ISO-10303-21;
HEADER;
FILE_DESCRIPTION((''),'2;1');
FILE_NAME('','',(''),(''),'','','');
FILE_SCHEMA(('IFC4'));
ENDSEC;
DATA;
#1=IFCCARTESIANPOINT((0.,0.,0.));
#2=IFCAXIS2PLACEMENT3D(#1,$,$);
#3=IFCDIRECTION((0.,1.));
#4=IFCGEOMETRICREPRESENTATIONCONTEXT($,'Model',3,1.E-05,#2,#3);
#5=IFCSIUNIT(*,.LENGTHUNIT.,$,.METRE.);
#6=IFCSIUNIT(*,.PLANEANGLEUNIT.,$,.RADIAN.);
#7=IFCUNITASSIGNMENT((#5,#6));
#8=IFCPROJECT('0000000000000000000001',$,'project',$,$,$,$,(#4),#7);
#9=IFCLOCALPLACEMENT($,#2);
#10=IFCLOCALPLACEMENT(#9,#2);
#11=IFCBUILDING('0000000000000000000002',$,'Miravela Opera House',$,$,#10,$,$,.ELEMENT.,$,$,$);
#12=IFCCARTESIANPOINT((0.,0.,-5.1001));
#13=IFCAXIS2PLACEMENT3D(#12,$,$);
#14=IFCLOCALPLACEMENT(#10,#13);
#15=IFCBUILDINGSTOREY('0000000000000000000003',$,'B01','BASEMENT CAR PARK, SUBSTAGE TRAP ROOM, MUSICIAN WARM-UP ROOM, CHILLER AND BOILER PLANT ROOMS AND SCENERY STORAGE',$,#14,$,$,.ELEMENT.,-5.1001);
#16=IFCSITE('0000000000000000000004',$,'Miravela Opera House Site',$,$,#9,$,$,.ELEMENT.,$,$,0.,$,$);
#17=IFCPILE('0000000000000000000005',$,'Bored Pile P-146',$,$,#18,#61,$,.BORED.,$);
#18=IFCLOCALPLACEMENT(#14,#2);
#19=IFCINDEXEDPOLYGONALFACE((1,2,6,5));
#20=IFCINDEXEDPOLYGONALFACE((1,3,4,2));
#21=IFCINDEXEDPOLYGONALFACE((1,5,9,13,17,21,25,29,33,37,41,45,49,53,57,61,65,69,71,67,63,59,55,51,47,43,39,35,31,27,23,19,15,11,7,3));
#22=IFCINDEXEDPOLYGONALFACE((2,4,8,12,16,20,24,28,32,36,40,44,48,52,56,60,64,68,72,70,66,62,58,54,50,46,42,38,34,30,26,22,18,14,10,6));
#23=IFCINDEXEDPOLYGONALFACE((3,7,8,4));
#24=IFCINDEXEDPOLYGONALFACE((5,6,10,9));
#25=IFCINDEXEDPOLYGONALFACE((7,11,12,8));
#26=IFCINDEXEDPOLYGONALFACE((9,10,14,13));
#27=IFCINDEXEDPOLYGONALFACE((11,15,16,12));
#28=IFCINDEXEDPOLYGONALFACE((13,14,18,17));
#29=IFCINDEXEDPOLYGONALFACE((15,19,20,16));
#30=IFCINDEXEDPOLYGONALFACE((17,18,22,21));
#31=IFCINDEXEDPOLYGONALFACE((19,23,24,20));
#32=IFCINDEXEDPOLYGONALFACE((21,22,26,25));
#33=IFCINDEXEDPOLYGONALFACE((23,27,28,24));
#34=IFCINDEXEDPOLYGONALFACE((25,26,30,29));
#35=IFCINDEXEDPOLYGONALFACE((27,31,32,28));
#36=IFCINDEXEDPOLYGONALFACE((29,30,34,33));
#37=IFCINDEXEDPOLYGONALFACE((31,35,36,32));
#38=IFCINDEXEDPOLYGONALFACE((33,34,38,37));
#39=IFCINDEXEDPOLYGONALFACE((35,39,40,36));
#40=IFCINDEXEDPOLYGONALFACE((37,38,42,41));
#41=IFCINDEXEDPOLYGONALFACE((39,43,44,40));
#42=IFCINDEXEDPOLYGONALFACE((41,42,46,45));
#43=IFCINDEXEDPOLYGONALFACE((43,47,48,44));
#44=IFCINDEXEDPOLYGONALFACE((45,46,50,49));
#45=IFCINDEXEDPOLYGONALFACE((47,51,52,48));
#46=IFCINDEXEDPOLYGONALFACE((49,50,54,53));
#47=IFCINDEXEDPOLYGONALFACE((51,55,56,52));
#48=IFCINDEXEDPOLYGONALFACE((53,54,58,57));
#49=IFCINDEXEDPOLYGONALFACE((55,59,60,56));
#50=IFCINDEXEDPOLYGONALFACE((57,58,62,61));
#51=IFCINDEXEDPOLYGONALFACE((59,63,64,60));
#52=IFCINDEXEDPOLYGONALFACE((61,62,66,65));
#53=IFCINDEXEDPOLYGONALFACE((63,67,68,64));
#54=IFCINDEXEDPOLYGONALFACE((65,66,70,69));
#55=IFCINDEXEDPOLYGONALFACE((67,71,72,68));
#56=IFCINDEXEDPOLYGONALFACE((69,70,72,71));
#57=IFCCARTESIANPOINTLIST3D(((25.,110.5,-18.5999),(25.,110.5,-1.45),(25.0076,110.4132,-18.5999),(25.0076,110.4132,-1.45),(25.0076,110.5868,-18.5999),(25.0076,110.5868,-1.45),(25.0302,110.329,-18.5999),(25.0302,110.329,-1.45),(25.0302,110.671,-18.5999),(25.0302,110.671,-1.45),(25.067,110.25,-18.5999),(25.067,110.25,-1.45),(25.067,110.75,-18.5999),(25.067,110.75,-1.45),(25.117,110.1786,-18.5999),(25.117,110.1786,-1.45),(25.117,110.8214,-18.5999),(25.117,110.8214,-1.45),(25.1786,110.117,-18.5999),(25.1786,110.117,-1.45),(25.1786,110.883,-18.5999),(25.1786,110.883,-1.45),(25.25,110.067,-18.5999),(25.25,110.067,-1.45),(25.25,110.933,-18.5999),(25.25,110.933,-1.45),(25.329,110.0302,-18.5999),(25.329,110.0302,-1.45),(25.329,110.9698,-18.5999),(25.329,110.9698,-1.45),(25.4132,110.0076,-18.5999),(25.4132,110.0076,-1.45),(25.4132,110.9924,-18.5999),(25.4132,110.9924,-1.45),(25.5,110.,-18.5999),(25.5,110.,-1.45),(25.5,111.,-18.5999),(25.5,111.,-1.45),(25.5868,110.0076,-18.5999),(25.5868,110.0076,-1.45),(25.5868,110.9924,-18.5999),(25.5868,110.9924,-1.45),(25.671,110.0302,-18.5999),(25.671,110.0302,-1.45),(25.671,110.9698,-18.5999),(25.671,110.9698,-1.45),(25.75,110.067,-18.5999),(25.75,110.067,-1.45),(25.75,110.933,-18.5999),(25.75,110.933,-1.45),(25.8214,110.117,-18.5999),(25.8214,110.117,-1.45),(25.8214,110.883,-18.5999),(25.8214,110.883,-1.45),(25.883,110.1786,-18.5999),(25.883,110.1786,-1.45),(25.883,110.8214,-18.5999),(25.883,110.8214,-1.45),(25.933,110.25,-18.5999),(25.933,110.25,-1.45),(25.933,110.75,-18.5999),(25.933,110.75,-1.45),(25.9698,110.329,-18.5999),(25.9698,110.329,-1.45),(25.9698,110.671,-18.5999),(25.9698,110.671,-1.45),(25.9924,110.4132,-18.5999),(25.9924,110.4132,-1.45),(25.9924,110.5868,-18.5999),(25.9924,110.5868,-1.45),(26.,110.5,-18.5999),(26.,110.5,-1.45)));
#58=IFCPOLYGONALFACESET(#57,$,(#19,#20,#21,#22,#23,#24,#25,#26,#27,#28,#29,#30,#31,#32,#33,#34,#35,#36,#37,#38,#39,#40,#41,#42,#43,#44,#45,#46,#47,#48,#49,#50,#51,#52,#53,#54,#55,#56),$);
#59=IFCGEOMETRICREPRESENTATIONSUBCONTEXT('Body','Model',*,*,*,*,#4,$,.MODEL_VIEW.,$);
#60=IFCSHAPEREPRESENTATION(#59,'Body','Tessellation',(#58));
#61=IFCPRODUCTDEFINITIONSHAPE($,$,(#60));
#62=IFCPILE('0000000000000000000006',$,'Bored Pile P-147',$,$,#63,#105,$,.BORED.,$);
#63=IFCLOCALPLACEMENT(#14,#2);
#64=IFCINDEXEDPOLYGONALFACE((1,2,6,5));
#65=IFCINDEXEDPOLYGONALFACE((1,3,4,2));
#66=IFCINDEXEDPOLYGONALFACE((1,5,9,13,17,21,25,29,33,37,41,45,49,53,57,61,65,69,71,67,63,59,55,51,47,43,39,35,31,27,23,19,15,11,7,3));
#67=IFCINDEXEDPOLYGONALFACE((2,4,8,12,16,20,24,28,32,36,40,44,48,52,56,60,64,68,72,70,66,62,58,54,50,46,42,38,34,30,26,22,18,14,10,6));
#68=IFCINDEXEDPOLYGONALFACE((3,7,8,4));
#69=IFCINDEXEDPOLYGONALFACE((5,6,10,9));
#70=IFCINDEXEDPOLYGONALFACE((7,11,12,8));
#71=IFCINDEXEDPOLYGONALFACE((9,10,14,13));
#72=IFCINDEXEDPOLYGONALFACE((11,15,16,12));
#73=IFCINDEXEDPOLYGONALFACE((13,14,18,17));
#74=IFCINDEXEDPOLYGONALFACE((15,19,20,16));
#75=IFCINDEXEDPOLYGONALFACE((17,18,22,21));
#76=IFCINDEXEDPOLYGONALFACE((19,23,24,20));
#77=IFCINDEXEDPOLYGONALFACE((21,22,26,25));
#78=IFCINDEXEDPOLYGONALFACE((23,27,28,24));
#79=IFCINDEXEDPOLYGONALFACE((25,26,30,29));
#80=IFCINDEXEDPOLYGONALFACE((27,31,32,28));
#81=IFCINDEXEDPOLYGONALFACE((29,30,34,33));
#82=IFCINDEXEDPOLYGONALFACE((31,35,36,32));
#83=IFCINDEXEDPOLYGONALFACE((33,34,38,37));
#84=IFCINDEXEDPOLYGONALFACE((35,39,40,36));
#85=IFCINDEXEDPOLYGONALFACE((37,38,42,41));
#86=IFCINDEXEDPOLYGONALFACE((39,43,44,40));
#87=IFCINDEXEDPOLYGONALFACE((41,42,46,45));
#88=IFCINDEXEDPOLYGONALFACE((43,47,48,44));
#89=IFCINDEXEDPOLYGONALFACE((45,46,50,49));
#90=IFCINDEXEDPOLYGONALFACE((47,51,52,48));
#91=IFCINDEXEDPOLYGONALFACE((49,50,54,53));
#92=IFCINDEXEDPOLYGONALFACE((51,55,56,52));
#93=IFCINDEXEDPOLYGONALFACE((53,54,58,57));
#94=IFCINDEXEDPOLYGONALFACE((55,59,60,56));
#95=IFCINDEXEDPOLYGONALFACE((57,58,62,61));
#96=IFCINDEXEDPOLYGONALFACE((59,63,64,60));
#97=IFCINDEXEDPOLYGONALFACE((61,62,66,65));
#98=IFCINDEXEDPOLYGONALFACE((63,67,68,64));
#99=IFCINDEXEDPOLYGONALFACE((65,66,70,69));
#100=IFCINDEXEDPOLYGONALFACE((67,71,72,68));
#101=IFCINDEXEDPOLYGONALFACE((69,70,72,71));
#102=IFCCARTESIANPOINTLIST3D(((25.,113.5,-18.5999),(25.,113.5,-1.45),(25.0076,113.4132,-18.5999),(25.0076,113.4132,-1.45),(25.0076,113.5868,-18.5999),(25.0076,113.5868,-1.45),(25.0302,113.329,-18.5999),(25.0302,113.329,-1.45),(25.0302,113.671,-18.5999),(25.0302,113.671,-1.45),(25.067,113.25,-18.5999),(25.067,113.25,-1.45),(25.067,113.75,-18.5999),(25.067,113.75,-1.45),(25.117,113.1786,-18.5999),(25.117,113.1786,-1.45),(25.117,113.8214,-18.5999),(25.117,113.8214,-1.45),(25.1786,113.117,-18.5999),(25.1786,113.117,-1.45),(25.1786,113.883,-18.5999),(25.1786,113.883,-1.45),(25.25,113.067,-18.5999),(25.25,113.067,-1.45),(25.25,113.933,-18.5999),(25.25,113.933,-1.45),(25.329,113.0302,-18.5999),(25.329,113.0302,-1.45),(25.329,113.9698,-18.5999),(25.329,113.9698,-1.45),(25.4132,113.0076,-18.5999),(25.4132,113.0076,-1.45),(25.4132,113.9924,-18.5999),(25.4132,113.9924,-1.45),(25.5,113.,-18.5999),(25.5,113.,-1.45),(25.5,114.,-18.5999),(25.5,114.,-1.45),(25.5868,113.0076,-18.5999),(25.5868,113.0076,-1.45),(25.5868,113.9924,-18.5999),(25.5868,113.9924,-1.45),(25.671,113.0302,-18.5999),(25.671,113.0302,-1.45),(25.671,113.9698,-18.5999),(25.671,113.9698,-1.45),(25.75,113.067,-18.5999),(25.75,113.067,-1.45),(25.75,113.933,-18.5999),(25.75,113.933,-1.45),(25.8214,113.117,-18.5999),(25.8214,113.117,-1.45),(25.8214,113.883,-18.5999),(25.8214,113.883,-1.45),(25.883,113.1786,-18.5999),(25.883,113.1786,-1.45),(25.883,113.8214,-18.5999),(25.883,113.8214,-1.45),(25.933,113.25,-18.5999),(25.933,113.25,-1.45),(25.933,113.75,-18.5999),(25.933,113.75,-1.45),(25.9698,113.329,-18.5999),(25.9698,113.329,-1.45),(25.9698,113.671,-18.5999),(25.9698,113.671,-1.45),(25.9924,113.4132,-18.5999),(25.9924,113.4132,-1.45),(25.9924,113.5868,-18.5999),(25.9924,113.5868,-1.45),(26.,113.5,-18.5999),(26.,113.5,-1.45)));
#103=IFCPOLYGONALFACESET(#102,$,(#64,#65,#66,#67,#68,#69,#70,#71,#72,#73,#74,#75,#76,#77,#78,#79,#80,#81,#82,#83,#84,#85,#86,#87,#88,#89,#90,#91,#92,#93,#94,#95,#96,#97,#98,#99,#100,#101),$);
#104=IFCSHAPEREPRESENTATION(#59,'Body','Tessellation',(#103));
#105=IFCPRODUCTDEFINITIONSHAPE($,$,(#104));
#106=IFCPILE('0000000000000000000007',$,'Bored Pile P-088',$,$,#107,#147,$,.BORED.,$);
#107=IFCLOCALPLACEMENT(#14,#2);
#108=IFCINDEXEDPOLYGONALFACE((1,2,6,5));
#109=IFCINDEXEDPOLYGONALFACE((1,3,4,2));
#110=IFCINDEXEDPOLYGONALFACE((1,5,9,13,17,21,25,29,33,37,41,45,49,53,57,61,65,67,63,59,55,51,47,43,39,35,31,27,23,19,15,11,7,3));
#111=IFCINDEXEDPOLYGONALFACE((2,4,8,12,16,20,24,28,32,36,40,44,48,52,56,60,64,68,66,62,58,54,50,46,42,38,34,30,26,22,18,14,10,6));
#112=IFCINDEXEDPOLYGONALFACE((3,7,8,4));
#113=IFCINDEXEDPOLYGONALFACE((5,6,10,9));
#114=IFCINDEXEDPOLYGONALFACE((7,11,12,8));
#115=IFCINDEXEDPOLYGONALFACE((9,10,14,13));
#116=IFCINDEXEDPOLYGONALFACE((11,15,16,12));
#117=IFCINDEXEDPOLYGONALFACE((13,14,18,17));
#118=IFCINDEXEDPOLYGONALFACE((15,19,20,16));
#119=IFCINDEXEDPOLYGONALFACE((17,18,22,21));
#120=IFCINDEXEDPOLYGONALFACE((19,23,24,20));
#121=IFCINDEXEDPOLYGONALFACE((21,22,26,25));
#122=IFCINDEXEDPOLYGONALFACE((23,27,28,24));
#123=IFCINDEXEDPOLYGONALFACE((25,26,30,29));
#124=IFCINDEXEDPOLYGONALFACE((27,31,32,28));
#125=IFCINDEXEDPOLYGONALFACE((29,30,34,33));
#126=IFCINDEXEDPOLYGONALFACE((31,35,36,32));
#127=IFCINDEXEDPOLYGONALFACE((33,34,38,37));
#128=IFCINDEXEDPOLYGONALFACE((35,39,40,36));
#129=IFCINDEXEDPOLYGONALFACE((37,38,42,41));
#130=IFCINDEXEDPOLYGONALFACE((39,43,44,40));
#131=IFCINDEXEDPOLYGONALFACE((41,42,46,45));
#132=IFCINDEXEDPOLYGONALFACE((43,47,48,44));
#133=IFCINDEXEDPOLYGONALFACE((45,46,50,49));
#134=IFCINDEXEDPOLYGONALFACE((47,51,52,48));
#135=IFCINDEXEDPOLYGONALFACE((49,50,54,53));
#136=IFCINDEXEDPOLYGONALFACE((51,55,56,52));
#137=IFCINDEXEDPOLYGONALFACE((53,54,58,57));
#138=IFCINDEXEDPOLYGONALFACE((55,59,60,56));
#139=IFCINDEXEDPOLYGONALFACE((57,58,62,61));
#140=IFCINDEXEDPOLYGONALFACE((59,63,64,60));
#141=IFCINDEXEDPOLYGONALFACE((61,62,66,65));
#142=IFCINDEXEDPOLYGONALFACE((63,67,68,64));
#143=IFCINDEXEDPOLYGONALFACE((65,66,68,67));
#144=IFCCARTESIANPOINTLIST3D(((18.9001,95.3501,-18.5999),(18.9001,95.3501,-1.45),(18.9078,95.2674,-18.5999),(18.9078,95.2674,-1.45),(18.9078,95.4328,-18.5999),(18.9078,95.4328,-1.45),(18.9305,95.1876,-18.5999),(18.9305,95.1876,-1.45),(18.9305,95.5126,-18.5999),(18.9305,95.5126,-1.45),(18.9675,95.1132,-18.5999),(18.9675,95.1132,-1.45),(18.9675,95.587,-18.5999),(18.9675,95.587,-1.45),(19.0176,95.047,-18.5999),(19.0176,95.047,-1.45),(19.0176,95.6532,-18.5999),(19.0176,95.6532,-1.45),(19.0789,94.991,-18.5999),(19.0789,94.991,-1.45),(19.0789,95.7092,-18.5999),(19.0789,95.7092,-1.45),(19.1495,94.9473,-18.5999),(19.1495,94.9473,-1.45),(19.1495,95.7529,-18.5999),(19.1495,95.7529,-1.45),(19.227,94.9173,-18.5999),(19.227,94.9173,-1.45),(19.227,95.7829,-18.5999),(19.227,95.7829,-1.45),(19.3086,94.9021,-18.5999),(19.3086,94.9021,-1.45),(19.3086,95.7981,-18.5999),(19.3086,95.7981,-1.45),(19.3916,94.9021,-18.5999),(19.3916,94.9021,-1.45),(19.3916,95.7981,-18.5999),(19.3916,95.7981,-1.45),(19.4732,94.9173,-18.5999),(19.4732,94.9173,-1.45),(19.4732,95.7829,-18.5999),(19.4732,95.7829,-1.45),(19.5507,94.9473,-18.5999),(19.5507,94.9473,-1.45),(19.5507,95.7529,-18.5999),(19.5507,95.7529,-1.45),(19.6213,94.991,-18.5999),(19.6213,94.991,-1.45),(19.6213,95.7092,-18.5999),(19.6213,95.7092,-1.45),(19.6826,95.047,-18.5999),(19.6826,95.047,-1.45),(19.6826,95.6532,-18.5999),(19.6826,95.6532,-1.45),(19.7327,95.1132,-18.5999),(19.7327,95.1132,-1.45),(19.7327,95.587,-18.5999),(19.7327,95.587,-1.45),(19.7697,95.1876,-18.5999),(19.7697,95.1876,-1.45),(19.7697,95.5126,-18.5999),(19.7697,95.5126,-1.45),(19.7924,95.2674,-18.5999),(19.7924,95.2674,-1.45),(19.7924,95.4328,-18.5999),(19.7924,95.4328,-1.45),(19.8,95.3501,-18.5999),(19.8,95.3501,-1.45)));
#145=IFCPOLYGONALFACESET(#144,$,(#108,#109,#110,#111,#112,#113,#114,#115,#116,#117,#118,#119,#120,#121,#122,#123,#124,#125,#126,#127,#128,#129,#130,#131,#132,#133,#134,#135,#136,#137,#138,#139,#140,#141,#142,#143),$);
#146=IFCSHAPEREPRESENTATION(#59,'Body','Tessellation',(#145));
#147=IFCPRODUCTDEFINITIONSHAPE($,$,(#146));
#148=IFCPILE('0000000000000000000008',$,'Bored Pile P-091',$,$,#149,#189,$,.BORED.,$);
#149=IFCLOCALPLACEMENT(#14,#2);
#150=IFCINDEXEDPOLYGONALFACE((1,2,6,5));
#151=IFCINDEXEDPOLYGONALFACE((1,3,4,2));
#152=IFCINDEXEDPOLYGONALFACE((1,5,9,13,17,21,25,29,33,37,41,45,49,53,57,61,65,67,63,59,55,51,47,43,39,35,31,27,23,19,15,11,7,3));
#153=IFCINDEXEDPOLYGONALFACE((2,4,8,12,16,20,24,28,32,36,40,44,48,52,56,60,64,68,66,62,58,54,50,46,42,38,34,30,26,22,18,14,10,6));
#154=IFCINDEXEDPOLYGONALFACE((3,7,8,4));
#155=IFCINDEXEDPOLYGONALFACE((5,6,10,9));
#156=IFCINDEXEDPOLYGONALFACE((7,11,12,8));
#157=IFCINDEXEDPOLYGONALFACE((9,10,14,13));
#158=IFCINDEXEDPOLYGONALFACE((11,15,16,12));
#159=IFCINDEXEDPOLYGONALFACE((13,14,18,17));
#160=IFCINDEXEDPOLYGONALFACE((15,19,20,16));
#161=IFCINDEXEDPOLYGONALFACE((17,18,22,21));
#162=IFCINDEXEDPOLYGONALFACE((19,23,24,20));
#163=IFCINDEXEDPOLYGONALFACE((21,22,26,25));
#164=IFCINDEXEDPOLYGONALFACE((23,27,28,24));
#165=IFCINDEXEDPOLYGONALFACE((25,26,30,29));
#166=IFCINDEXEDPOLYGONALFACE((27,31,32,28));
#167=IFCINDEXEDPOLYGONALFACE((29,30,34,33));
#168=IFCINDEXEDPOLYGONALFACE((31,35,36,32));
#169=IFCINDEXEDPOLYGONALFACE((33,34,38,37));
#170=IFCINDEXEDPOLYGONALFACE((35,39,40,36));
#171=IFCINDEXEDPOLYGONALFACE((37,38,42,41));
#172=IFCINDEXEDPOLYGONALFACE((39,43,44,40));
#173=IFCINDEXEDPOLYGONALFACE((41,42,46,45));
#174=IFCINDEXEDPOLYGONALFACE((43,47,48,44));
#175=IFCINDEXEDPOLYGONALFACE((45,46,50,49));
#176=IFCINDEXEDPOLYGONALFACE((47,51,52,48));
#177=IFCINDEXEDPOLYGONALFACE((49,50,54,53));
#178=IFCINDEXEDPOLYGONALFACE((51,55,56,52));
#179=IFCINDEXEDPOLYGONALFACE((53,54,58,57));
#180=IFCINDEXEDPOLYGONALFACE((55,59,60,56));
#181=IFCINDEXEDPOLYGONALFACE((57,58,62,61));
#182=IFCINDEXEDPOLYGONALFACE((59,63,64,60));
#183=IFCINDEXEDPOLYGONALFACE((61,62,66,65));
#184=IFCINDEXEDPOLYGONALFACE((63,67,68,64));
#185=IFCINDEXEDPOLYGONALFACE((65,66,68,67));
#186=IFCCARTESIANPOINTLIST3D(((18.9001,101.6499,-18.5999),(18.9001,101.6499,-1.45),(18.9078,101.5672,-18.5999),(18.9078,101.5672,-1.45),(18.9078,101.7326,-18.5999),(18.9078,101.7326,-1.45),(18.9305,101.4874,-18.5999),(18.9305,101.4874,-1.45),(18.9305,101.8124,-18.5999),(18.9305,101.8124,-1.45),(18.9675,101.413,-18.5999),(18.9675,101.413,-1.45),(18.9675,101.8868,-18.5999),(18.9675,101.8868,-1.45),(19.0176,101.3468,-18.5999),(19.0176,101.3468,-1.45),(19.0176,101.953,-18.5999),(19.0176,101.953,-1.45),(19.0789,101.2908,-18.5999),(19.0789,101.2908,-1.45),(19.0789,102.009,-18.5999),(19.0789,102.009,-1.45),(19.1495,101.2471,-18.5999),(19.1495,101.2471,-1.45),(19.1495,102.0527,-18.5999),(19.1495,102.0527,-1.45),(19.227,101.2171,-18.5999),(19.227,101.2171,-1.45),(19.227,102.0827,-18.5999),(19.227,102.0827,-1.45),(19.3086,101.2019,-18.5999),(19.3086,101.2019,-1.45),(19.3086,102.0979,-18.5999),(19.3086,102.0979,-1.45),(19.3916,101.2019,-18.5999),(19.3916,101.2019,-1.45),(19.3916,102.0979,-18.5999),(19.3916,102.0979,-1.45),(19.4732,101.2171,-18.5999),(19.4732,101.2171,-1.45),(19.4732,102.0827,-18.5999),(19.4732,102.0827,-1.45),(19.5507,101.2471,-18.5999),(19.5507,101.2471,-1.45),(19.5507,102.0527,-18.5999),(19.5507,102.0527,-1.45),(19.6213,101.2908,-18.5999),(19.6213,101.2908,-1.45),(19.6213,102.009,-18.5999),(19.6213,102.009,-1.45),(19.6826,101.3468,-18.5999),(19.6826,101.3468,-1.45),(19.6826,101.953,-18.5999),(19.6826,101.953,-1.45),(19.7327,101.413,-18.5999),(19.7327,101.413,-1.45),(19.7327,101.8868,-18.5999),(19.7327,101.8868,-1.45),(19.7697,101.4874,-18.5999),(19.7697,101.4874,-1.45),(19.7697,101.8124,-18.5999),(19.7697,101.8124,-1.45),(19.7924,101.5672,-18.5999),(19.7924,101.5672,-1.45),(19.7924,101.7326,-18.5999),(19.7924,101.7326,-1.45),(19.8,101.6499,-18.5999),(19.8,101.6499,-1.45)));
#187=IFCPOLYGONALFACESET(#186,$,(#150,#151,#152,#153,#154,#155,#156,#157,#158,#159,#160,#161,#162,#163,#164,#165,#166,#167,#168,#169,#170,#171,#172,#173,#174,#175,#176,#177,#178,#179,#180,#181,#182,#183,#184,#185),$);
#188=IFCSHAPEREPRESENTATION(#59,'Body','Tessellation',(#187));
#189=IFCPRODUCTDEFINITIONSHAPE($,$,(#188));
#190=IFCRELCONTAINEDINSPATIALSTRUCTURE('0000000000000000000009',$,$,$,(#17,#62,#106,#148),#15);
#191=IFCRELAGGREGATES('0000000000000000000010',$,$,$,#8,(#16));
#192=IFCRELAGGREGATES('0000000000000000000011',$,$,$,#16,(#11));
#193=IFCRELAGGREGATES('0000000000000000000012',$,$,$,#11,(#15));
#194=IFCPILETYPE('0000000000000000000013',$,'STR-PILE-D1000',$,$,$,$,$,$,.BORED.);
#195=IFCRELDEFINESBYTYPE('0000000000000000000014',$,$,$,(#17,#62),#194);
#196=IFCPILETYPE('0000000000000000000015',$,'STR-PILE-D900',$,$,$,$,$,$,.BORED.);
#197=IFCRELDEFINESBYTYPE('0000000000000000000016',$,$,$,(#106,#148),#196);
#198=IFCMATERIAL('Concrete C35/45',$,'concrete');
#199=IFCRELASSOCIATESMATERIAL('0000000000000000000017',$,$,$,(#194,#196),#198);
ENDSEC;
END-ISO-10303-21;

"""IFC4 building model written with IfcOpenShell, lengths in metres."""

from ifc_helpers import new_model, si_unit, direction, frame, origin, origin_2d, place, context, subcontext, project, spatial, circle, extrude, material, material_profile, profile_set, type_object, element, save


model = new_model("IFC4")

# Units and contexts
model_context = context("Model", 3, precision=1e-05, world=origin(), true_north=direction((0.0, 1.0)))
body_context = subcontext(model_context, "Body", "Model", "MODEL_VIEW")
ifc_project = project(units=[si_unit("LENGTHUNIT", "METRE"), si_unit("PLANEANGLEUNIT", "RADIAN")], contexts=[model_context])

# Site, building, storey
site_placement = place(None, origin())
site = spatial("IfcSite", under=ifc_project, at=site_placement, Name="Miravela Opera House Site", CompositionType="ELEMENT", RefElevation=0.0)
building_placement = place(site_placement, origin())
building = spatial("IfcBuilding", under=site, at=building_placement, Name="Miravela Opera House", CompositionType="ELEMENT")
storey_placement = place(building_placement, frame((0.0, 0.0, -5.1001)))
storey = spatial("IfcBuildingStorey", under=building, at=storey_placement, Name="B01", Description="BASEMENT CAR PARK, SUBSTAGE TRAP ROOM, MUSICIAN WARM-UP ROOM, CHILLER AND BOILER PLANT ROOMS AND SCENERY STORAGE", CompositionType="ELEMENT", Elevation=-5.1001)

# Shared definitions
ifc_material_1 = material(Name="Concrete C35/45", Category="concrete")

# Piles
ifc_material_profile_1 = material_profile(ifc_material_1, circle(Radius=0.5, at=origin_2d()), Name="PILE-D1000")
ifc_profile_set_1 = profile_set([ifc_material_profile_1])
pile_type_1 = type_object("IfcPileType", Name="STR-PILE-D1000", PredefinedType="BORED", material=ifc_profile_set_1)
for number, where, z_axis, x_axis, name in (
    (1, (25.5, 110.5, -1.45), (0.0, 0.0, -1.0), (1.0, 0.0, 0.0), "Bored Pile P-146"),
    (2, (25.5, 113.5, -1.45), (0.0, 0.0, -1.0), (1.0, 0.0, 0.0), "Bored Pile P-147"),
):
    element("IfcPile", number, at=place(storey_placement, frame(where, z_axis=z_axis, x_axis=x_axis)), inside=storey, type_object=pile_type_1, Name=name, PredefinedType="BORED", context=body_context, shape_type="SweptSolid", body=[
        extrude(circle(Radius=0.5, at=origin_2d()), origin(), (0.0, 0.0, 1.0), 17.1499),
    ])
ifc_material_profile_2 = material_profile(ifc_material_1, circle(Radius=0.45, at=origin_2d()), Name="PILE-D900")
ifc_profile_set_2 = profile_set([ifc_material_profile_2])
pile_type_2 = type_object("IfcPileType", Name="STR-PILE-D900", PredefinedType="BORED", material=ifc_profile_set_2)
for number, where, z_axis, x_axis, name in (
    (3, (19.3501, 95.3501, -1.45), (0.0, 0.0, -1.0), (1.0, 0.0, 0.0), "Bored Pile P-088"),
    (4, (19.3501, 101.6499, -1.45), (0.0, 0.0, -1.0), (1.0, 0.0, 0.0), "Bored Pile P-091"),
):
    element("IfcPile", number, at=place(storey_placement, frame(where, z_axis=z_axis, x_axis=x_axis)), inside=storey, type_object=pile_type_2, Name=name, PredefinedType="BORED", context=body_context, shape_type="SweptSolid", body=[
        extrude(circle(Radius=0.45, at=origin_2d()), origin(), (0.0, 0.0, 1.0), 17.1499),
    ])

save(model, "model.ifc")
